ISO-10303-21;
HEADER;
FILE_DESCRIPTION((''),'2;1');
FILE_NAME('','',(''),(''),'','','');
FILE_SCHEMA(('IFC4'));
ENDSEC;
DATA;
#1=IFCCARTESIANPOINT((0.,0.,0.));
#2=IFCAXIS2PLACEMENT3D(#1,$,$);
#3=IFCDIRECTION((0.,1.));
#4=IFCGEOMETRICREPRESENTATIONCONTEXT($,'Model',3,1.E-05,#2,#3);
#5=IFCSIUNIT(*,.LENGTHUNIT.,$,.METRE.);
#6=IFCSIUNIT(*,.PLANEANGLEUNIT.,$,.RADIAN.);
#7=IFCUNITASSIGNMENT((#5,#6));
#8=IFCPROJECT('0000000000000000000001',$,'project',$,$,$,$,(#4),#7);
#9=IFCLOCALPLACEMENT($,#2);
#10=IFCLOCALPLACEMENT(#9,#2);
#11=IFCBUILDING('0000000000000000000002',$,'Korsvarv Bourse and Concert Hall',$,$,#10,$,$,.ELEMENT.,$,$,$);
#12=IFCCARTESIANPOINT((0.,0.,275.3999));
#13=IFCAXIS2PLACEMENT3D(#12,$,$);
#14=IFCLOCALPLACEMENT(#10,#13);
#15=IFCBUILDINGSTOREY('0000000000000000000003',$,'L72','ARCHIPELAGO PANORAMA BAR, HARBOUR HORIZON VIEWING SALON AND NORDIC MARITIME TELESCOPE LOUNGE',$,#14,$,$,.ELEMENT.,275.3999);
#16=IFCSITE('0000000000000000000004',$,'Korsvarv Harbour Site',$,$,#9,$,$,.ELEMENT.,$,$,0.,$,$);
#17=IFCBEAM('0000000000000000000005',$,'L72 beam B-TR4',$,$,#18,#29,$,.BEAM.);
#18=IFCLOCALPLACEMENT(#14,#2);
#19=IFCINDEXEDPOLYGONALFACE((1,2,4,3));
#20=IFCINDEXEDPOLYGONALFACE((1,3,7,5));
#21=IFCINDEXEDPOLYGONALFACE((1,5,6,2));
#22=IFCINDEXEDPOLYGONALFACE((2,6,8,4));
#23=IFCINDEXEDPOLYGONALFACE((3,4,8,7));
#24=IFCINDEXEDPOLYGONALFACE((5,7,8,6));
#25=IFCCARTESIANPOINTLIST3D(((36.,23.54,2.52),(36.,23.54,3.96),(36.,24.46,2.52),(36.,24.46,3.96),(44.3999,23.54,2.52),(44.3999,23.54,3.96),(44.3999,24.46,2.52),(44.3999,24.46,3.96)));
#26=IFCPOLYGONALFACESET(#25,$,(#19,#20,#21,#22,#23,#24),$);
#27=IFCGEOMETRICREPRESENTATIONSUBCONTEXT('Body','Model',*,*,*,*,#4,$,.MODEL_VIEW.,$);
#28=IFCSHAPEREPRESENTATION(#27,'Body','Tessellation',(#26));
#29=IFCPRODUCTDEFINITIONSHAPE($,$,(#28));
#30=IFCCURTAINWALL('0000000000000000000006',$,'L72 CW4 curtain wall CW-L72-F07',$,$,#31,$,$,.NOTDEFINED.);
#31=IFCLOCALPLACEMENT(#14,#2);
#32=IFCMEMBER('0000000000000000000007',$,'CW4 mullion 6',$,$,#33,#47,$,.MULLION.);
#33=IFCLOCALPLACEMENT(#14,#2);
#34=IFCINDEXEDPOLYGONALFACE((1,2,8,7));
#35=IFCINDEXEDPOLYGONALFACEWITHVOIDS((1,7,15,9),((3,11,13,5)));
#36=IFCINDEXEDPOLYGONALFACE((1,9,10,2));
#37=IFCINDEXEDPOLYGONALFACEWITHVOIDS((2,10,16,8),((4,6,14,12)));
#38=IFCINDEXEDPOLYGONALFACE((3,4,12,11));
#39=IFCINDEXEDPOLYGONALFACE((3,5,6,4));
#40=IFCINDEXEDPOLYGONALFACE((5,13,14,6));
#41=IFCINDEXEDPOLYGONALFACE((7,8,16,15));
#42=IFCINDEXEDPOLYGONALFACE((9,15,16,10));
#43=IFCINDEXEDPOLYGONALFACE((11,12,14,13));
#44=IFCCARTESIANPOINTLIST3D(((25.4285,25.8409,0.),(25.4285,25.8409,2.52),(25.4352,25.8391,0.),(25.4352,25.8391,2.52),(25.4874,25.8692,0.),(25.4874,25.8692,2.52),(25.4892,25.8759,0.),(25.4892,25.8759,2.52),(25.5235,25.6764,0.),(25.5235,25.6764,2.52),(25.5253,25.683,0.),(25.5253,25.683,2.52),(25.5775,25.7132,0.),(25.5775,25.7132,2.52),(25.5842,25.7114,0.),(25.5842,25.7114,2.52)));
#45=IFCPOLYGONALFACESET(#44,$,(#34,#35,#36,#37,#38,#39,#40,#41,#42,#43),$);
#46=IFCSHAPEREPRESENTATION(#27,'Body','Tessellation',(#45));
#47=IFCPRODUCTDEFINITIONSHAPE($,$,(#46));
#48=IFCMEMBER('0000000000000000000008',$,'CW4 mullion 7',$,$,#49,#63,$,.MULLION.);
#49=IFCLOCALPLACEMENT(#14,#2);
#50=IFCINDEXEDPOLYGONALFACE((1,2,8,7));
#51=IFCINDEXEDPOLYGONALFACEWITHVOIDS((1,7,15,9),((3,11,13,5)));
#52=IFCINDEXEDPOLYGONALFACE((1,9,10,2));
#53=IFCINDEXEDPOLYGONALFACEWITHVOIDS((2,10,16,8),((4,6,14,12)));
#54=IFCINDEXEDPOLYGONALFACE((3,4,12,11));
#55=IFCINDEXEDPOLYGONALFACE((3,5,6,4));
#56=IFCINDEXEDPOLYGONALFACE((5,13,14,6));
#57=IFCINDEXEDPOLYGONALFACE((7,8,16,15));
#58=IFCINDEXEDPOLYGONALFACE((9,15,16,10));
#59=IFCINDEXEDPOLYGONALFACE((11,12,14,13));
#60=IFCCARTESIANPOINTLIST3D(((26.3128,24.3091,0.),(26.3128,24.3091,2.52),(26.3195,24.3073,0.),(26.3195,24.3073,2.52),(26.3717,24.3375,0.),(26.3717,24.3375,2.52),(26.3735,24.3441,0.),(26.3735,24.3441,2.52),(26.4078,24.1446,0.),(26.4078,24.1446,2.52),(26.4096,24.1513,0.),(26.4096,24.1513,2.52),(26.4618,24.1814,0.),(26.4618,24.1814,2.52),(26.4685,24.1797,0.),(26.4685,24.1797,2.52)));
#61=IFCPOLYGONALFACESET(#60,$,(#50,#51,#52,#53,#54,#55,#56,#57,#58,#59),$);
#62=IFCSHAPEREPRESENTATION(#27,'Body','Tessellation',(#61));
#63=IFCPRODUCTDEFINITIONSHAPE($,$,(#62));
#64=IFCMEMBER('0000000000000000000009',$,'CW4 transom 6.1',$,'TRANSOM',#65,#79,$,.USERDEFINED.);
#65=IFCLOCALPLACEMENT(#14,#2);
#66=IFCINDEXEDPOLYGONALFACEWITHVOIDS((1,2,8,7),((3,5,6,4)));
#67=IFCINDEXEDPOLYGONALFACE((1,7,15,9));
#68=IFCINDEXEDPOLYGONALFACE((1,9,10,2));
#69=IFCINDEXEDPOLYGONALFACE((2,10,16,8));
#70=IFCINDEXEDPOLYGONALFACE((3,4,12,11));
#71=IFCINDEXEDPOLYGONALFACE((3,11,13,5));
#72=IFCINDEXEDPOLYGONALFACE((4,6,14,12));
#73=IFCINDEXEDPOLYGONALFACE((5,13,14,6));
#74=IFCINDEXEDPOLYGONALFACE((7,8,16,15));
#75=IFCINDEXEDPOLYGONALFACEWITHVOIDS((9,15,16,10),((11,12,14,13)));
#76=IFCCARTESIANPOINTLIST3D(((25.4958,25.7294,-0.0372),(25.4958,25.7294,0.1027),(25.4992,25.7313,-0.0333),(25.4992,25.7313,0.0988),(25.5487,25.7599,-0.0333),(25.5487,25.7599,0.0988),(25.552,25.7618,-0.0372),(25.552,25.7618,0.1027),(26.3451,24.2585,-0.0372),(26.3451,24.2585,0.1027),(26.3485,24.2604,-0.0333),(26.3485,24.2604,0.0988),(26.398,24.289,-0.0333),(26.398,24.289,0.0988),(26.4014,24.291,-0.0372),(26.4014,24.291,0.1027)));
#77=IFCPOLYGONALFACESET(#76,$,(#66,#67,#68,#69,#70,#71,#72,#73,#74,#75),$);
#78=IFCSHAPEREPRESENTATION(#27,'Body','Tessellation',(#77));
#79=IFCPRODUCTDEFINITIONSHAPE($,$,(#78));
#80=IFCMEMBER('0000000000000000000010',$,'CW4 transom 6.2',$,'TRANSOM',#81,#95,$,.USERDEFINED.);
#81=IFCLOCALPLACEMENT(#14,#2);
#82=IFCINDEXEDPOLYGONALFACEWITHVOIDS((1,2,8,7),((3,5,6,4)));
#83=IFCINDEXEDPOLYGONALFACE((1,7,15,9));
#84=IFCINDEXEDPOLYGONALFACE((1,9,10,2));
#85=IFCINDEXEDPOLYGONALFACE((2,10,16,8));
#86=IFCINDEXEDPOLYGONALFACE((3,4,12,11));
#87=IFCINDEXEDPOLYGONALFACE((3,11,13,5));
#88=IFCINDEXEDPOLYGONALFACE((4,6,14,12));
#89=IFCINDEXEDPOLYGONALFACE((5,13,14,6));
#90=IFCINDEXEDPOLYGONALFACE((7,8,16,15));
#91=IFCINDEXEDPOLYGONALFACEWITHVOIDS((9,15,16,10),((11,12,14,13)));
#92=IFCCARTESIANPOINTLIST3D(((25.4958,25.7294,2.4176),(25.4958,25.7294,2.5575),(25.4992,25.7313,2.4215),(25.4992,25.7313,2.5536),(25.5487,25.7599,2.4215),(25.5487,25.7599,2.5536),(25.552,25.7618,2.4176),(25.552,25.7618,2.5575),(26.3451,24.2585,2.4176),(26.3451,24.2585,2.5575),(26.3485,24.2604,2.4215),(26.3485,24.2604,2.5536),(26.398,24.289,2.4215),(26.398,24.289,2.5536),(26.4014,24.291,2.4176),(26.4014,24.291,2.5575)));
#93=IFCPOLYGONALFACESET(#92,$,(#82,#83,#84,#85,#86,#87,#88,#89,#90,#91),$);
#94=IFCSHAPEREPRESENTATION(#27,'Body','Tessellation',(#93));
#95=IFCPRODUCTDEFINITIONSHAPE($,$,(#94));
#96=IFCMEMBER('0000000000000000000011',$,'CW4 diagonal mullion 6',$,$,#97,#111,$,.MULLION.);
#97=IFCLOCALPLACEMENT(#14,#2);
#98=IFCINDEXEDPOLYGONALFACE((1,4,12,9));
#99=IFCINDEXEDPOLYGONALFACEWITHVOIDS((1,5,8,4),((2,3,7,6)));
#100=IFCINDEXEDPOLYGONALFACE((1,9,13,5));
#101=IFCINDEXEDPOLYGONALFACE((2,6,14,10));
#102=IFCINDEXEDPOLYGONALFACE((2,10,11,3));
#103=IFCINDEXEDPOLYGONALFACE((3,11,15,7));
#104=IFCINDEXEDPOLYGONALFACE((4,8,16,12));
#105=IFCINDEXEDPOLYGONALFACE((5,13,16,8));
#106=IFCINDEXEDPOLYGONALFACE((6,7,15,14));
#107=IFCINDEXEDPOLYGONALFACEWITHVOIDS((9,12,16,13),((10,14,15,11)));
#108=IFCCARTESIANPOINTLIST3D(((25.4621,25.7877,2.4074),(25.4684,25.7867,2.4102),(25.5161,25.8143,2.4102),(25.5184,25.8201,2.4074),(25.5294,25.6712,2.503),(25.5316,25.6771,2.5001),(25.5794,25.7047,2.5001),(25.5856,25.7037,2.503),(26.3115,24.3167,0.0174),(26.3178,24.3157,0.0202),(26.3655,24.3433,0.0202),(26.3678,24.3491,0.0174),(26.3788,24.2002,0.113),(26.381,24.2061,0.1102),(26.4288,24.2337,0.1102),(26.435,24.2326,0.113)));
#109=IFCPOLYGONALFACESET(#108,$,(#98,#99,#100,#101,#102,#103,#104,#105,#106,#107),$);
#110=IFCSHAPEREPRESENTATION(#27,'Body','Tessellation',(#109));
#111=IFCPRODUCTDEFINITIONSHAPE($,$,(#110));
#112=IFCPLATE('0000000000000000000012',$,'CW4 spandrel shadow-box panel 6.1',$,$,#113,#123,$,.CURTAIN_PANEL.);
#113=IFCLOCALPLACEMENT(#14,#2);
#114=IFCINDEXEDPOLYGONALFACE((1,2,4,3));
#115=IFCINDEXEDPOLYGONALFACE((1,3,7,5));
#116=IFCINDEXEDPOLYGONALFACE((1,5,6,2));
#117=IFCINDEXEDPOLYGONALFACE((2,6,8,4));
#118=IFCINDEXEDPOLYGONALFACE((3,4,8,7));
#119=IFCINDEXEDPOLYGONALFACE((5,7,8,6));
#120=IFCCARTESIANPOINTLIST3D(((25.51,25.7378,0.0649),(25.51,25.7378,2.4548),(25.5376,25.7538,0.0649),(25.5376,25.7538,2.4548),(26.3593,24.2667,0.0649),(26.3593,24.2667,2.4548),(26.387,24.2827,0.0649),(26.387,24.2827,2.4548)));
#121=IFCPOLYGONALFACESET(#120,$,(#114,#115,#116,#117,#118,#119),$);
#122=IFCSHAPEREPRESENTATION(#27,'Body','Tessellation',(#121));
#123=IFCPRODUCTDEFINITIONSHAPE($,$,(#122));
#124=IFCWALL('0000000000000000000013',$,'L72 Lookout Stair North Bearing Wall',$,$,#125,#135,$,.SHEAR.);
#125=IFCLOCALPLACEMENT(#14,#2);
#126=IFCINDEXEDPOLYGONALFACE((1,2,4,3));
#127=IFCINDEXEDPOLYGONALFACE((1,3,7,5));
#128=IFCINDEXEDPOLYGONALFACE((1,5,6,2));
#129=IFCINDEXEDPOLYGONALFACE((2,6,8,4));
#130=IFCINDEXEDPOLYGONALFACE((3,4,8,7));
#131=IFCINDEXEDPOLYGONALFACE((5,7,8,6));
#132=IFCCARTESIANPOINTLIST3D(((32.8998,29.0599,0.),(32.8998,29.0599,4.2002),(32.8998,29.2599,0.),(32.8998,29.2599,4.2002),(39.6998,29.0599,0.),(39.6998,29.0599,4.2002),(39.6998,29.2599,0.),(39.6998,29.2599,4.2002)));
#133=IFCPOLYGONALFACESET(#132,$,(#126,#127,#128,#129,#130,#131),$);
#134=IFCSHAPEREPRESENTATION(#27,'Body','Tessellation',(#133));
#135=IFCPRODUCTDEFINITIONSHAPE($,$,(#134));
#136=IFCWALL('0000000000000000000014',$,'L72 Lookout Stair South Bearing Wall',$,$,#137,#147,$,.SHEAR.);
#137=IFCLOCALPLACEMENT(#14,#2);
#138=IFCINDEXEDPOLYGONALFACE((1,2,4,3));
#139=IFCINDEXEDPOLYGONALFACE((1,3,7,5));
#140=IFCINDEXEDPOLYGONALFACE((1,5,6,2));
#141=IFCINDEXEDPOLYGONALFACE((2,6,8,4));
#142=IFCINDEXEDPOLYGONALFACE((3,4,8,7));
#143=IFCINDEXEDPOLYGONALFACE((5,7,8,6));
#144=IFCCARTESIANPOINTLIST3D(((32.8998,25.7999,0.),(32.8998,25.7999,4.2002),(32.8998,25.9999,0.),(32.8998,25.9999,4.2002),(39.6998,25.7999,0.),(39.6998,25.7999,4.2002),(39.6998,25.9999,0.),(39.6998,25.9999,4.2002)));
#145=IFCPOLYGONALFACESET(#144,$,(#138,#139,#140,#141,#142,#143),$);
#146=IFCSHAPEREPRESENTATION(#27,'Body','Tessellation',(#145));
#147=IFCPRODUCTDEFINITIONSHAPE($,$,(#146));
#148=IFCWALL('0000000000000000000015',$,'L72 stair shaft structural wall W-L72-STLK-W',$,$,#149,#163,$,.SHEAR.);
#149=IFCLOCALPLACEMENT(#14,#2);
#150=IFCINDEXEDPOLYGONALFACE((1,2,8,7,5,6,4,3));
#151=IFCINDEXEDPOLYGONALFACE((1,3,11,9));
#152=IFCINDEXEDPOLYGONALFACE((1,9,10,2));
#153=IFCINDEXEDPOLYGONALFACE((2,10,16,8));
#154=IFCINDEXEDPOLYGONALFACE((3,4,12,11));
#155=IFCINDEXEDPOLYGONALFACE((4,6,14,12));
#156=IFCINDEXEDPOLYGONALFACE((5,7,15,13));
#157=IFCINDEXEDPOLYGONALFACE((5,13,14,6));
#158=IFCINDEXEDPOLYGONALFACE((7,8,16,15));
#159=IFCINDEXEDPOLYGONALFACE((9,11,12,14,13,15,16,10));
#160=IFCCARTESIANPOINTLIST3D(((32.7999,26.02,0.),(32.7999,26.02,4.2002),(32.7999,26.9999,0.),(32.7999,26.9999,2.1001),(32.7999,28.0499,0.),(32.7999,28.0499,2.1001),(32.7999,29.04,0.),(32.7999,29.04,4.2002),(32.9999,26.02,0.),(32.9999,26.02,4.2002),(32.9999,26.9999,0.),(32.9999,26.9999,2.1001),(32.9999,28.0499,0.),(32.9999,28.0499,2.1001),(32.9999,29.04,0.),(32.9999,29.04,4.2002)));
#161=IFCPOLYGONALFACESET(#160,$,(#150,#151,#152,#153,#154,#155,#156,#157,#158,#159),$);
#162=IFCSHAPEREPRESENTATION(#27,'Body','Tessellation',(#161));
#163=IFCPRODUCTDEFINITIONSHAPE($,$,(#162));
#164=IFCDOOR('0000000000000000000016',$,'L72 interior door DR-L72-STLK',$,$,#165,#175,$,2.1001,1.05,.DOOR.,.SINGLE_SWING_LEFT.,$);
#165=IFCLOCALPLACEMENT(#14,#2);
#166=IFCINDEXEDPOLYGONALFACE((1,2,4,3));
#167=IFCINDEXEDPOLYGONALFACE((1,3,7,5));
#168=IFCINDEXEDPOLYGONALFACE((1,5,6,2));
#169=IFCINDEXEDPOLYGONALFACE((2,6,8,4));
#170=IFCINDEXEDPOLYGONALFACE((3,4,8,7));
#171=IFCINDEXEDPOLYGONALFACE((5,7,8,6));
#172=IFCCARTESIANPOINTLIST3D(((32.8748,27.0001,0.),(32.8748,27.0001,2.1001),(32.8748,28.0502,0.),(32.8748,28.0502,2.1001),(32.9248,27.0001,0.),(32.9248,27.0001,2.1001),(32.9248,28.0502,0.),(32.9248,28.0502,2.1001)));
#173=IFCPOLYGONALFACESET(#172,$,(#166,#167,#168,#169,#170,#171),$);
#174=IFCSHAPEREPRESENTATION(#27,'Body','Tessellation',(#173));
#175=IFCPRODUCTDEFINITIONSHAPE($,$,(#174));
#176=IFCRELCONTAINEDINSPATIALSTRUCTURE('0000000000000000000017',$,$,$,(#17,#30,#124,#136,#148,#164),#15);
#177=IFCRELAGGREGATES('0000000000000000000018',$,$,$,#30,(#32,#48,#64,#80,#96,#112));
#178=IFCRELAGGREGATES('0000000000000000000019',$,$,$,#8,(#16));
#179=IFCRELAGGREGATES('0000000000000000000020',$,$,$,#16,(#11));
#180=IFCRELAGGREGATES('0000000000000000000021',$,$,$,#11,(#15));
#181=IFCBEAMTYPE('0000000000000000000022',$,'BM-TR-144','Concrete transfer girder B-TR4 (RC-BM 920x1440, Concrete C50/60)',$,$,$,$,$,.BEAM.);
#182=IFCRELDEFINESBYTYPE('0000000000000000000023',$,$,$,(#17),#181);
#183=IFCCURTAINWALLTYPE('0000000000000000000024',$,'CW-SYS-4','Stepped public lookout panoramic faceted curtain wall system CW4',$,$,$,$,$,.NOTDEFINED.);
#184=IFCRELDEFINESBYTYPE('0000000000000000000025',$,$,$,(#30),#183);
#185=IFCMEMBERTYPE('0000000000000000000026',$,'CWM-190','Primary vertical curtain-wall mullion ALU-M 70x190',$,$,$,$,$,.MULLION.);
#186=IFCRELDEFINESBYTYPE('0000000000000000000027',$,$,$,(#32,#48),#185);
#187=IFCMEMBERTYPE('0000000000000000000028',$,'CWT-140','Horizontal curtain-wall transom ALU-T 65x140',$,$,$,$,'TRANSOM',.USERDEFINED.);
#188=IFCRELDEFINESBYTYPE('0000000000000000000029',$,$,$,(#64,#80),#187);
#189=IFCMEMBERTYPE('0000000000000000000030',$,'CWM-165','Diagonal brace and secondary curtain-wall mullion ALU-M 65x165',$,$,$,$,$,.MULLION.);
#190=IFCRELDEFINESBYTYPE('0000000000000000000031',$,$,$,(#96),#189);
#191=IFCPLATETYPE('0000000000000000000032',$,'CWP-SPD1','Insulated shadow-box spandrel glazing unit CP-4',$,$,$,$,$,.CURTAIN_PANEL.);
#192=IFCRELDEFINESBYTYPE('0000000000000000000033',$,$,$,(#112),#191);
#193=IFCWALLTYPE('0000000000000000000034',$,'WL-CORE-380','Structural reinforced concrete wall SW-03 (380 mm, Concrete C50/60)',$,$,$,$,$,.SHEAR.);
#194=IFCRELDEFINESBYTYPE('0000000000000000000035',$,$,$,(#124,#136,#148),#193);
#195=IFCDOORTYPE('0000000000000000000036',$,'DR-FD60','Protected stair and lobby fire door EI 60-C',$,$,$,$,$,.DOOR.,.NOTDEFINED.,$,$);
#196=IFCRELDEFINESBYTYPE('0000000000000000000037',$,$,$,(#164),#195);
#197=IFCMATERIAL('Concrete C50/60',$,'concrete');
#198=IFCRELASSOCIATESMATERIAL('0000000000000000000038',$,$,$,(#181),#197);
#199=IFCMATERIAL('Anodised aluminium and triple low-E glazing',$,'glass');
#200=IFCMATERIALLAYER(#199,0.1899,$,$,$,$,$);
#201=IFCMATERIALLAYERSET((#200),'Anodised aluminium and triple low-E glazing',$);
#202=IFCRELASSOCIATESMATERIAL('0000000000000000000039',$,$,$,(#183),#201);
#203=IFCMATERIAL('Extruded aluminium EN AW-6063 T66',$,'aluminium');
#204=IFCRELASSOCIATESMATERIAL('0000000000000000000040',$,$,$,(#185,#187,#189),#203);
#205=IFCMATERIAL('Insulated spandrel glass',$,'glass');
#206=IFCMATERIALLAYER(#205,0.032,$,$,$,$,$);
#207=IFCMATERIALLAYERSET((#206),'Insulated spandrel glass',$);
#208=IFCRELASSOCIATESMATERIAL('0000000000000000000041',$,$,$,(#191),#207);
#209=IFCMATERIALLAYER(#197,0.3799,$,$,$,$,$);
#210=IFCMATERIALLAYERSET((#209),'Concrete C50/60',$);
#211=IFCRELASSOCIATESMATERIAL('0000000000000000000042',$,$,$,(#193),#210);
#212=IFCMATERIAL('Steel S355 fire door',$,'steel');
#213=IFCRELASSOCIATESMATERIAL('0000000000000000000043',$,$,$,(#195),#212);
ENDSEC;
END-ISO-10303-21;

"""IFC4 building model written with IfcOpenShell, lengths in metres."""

from ifc_helpers import new_model, si_unit, direction, frame, frame_2d, origin, origin_2d, place, context, subcontext, project, spatial, rectangle, hollow_rectangle, extrude, source, transform, mapped, material, layer, layer_set, material_profile, profile_set, type_object, element, fill, aggregate, save


model = new_model("IFC4")

# Units and contexts
model_context = context("Model", 3, precision=1e-05, world=origin(), true_north=direction((0.0, 1.0)))
body_context = subcontext(model_context, "Body", "Model", "MODEL_VIEW")
ifc_project = project(units=[si_unit("LENGTHUNIT", "METRE"), si_unit("PLANEANGLEUNIT", "RADIAN")], contexts=[model_context])

# Site, building, storey
site_placement = place(None, origin())
site = spatial("IfcSite", under=ifc_project, at=site_placement, Name="Korsvarv Harbour Site", CompositionType="ELEMENT", RefElevation=0.0)
building_placement = place(site_placement, origin())
building = spatial("IfcBuilding", under=site, at=building_placement, Name="Korsvarv Bourse and Concert Hall", CompositionType="ELEMENT")
storey_placement = place(building_placement, frame((0.0, 0.0, 275.3999)))
storey = spatial("IfcBuildingStorey", under=building, at=storey_placement, Name="L72", Description="ARCHIPELAGO PANORAMA BAR, HARBOUR HORIZON VIEWING SALON AND NORDIC MARITIME TELESCOPE LOUNGE", CompositionType="ELEMENT", Elevation=275.3999)

# Beam
ifc_material_1 = material(Name="Concrete C50/60", Category="concrete")
ifc_material_profile_1 = material_profile(ifc_material_1, rectangle(XDim=0.9199, YDim=1.4399, at=origin_2d()), Name="RC-BM 920x1440")
ifc_profile_set_1 = profile_set([ifc_material_profile_1], Name="Concrete C50/60")
beam_type = type_object("IfcBeamType", Name="BM-TR-144", Description="Concrete transfer girder B-TR4 (RC-BM 920x1440, Concrete C50/60)", PredefinedType="BEAM", material=ifc_profile_set_1)
shared_shape_1 = source(origin(), body_context, "Body", "SweptSolid", [
    extrude(rectangle(XDim=0.9199, YDim=1.4399, at=origin_2d()), origin(), (0.0, 0.0, 1.0), 8.3999),
])
beam_placement = place(storey_placement, frame((36.0, 24.0, 3.24), z_axis=(1.0, 0.0, 0.0), x_axis=(0.0, 1.0, 0.0)))
element("IfcBeam", 1, at=beam_placement, inside=storey, type_object=beam_type, Name="L72 beam B-TR4", PredefinedType="BEAM", context=body_context, shape_type="MappedRepresentation", body=[
    mapped(shared_shape_1, transform((0.0, 0.0, 0.0), scale=1.0)),
])

# Curtain wall, members, plate
ifc_material_2 = material(Name="Anodised aluminium and triple low-E glazing", Category="glass")
ifc_layer_1 = layer(ifc_material_2, 0.1899)
ifc_layer_set_1 = layer_set([ifc_layer_1], Name="Anodised aluminium and triple low-E glazing")
curtain_wall_type = type_object("IfcCurtainWallType", Name="CW-SYS-4", Description="Stepped public lookout panoramic faceted curtain wall system CW4", PredefinedType="NOTDEFINED", material=ifc_layer_set_1)
curtain_wall_placement = place(storey_placement, origin())
curtain_wall = element("IfcCurtainWall", 2, at=curtain_wall_placement, inside=storey, type_object=curtain_wall_type, Name="L72 CW4 curtain wall CW-L72-F07", PredefinedType="NOTDEFINED")
ifc_material_3 = material(Name="Extruded aluminium EN AW-6063 T66", Category="aluminium")
ifc_material_profile_2 = material_profile(ifc_material_3, hollow_rectangle(XDim=0.0701, YDim=0.1899, WallThickness=0.0049, at=origin_2d()), Name="ALU-M 70x190")
ifc_profile_set_2 = profile_set([ifc_material_profile_2], Name="Extruded aluminium EN AW-6063 T66")
member_type_1 = type_object("IfcMemberType", Name="CWM-190", Description="Primary vertical curtain-wall mullion ALU-M 70x190", PredefinedType="MULLION", material=ifc_profile_set_2)
shared_shape_2 = source(origin(), body_context, "Body", "SweptSolid", [
    extrude(hollow_rectangle(XDim=0.0701, YDim=0.1899, WallThickness=0.0049, at=origin_2d()), origin(), (0.0, 0.0, 1.0), 2.52),
])
member_1_placement = place(storey_placement, frame((25.5063, 25.7761, 0.0), z_axis=(0.0, 0.0, 1.0), x_axis=(0.866023, 0.500004, 0.0)))
member_1 = element("IfcMember", 3, at=member_1_placement, type_object=member_type_1, Name="CW4 mullion 6", PredefinedType="MULLION", context=body_context, shape_type="MappedRepresentation", body=[
    mapped(shared_shape_2, transform((0.0, 0.0, 0.0), scale=1.0)),
])
member_2_placement = place(storey_placement, frame((26.3906, 24.2444, 0.0), z_axis=(0.0, 0.0, 1.0), x_axis=(0.866023, 0.500004, 0.0)))
member_2 = element("IfcMember", 4, at=member_2_placement, type_object=member_type_1, Name="CW4 mullion 7", PredefinedType="MULLION", context=body_context, shape_type="MappedRepresentation", body=[
    mapped(shared_shape_2, transform((0.0, 0.0, 0.0), scale=1.0)),
])
ifc_material_profile_3 = material_profile(ifc_material_3, hollow_rectangle(XDim=0.0649, YDim=0.1399, WallThickness=0.0039, at=origin_2d()), Name="ALU-T 65x140")
ifc_profile_set_3 = profile_set([ifc_material_profile_3], Name="Extruded aluminium EN AW-6063 T66")
member_type_2 = type_object("IfcMemberType", Name="CWT-140", Description="Horizontal curtain-wall transom ALU-T 65x140", ElementType="TRANSOM", PredefinedType="USERDEFINED", material=ifc_profile_set_3)
shared_shape_3 = source(origin(), body_context, "Body", "SweptSolid", [
    extrude(hollow_rectangle(XDim=0.0649, YDim=0.1399, WallThickness=0.0039, at=origin_2d()), origin(), (0.0, 0.0, 1.0), 1.6985),
])
member_3_placement = place(storey_placement, frame((25.5239, 25.7456, 0.0327), z_axis=(0.50005, -0.865996, 0.0), x_axis=(0.865996, 0.50005, 0.0)))
member_3 = element("IfcMember", 5, at=member_3_placement, type_object=member_type_2, Name="CW4 transom 6.1", ObjectType="TRANSOM", PredefinedType="USERDEFINED", context=body_context, shape_type="MappedRepresentation", body=[
    mapped(shared_shape_3, transform((0.0, 0.0, 0.0), scale=1.0)),
])
member_4_placement = place(storey_placement, frame((25.5239, 25.7456, 2.4875), z_axis=(0.50005, -0.865996, 0.0), x_axis=(0.865996, 0.50005, 0.0)))
member_4 = element("IfcMember", 6, at=member_4_placement, type_object=member_type_2, Name="CW4 transom 6.2", ObjectType="TRANSOM", PredefinedType="USERDEFINED", context=body_context, shape_type="MappedRepresentation", body=[
    mapped(shared_shape_3, transform((0.0, 0.0, 0.0), scale=1.0)),
])
ifc_material_profile_4 = material_profile(ifc_material_3, hollow_rectangle(XDim=0.0649, YDim=0.165, WallThickness=0.0049, at=origin_2d()), Name="ALU-M 65x165")
ifc_profile_set_4 = profile_set([ifc_material_profile_4], Name="Extruded aluminium EN AW-6063 T66")
member_type_3 = type_object("IfcMemberType", Name="CWM-165", Description="Diagonal brace and secondary curtain-wall mullion ALU-M 65x165", PredefinedType="MULLION", material=ifc_profile_set_4)
shared_shape_4 = source(origin(), body_context, "Body", "SweptSolid", [
    extrude(hollow_rectangle(XDim=0.0649, YDim=0.165, WallThickness=0.0049, at=origin_2d()), origin(), (0.0, 0.0, 1.0), 2.9321),
])
member_5_placement = place(storey_placement, frame((26.3733, 24.2747, 0.0652), z_axis=(-0.289687, 0.501685, 0.815103), x_axis=(-0.865996, -0.50005, 0.0)))
member_5 = element("IfcMember", 7, at=member_5_placement, type_object=member_type_3, Name="CW4 diagonal mullion 6", PredefinedType="MULLION", context=body_context, shape_type="MappedRepresentation", body=[
    mapped(shared_shape_4, transform((0.0, 0.0, 0.0), scale=1.0)),
])
ifc_material_4 = material(Name="Insulated spandrel glass", Category="glass")
ifc_layer_2 = layer(ifc_material_4, 0.032)
ifc_layer_set_2 = layer_set([ifc_layer_2], Name="Insulated spandrel glass")
plate_type = type_object("IfcPlateType", Name="CWP-SPD1", Description="Insulated shadow-box spandrel glazing unit CP-4", PredefinedType="CURTAIN_PANEL", material=ifc_layer_set_2)
shared_shape_5 = source(origin(), body_context, "Body", "SweptSolid", [
    extrude(rectangle(XDim=1.6987, YDim=0.032, at=origin_2d()), origin(), (0.0, 0.0, 1.0), 2.3899),
])
plate_placement = place(storey_placement, frame((25.9485, 25.0103, 0.0649), z_axis=(0.0, 0.0, 1.0), x_axis=(0.500004, -0.866023, 0.0)))
plate = element("IfcPlate", 8, at=plate_placement, type_object=plate_type, Name="CW4 spandrel shadow-box panel 6.1", PredefinedType="CURTAIN_PANEL", context=body_context, shape_type="MappedRepresentation", body=[
    mapped(shared_shape_5, transform((0.0, 0.0, 0.0), scale=1.0)),
])
aggregate(curtain_wall, [member_1, member_2, member_3, member_4, member_5, plate])

# Walls
ifc_layer_3 = layer(ifc_material_1, 0.3799)
ifc_layer_set_3 = layer_set([ifc_layer_3], Name="Concrete C50/60")
wall_type_1 = type_object("IfcWallType", Name="WL-CORE-380", Description="Structural reinforced concrete wall SW-03 (380 mm, Concrete C50/60)", PredefinedType="SHEAR", material=ifc_layer_set_3)
for number, where, z_axis, x_axis, name in (
    (9, (32.8999, 29.1599, 0.0), (0.0, 0.0, 1.0), (1.0, 0.0, 0.0), "L72 Lookout Stair North Bearing Wall"),
    (10, (32.8999, 25.8999, 0.0), (0.0, 0.0, 1.0), (1.0, 0.0, 0.0), "L72 Lookout Stair South Bearing Wall"),
):
    element("IfcWall", number, at=place(storey_placement, frame(where, z_axis=z_axis, x_axis=x_axis)), inside=storey, type_object=wall_type_1, Name=name, PredefinedType="SHEAR", context=body_context, shape_type="SweptSolid", body=[
        extrude(rectangle(XDim=6.8, YDim=0.2, at=frame_2d((3.3999, 0.0))), origin(), (0.0, 0.0, 1.0), 4.2002),
    ])

# Wall, opening, door
wall_1_placement = place(storey_placement, frame((32.8999, 26.02, 0.0), z_axis=(0.0, 0.0, 1.0), x_axis=(0.0, 1.0, 0.0)))
wall_1 = element("IfcWall", 11, at=wall_1_placement, inside=storey, type_object=wall_type_1, Name="L72 stair shaft structural wall W-L72-STLK-W", PredefinedType="SHEAR", context=body_context, shape_type="SweptSolid", body=[
    extrude(rectangle(XDim=3.02, YDim=0.2, at=frame_2d((1.51, 0.0))), origin(), (0.0, 0.0, 1.0), 4.2002),
])
opening_1_placement = place(wall_1_placement, frame((0.98, 0.0, 0.0)))
opening_1 = element("IfcOpeningElement", 12, at=opening_1_placement, cuts=wall_1, PredefinedType="OPENING", context=body_context, shape_type="SweptSolid", body=[
    extrude(rectangle(XDim=1.05, YDim=2.1001, at=frame_2d((0.5249, 1.05))), frame((0.0, 0.1099, 0.0), z_axis=(0.0, -1.0, 0.0), x_axis=(1.0, 0.0, 0.0)), (0.0, 0.0, 1.0), 0.22),
])
ifc_material_5 = material(Name="Steel S355 fire door", Category="steel")
door_type_1 = type_object("IfcDoorType", Name="DR-FD60", Description="Protected stair and lobby fire door EI 60-C", OperationType="NOTDEFINED", PredefinedType="DOOR", material=ifc_material_5)
door_1_placement = place(opening_1_placement, frame((1.05, 0.0, 0.0), z_axis=(0.0, 0.0, 1.0), x_axis=(-1.0, 0.0, 0.0)))
door_1 = element("IfcDoor", 13, at=door_1_placement, inside=storey, type_object=door_type_1, Name="L72 interior door DR-L72-STLK", OperationType="SINGLE_SWING_LEFT", OverallHeight=2.1001, OverallWidth=1.05, PredefinedType="DOOR", context=body_context, shape_type="SweptSolid", body=[
    extrude(rectangle(XDim=1.05, YDim=2.1001, at=frame_2d((0.5249, 1.05))), frame((0.0, 0.0249, 0.0), z_axis=(0.0, -1.0, 0.0), x_axis=(1.0, 0.0, 0.0)), (0.0, 0.0, 1.0), 0.05),
])
fill(opening_1, door_1)

save(model, "model.ifc")
